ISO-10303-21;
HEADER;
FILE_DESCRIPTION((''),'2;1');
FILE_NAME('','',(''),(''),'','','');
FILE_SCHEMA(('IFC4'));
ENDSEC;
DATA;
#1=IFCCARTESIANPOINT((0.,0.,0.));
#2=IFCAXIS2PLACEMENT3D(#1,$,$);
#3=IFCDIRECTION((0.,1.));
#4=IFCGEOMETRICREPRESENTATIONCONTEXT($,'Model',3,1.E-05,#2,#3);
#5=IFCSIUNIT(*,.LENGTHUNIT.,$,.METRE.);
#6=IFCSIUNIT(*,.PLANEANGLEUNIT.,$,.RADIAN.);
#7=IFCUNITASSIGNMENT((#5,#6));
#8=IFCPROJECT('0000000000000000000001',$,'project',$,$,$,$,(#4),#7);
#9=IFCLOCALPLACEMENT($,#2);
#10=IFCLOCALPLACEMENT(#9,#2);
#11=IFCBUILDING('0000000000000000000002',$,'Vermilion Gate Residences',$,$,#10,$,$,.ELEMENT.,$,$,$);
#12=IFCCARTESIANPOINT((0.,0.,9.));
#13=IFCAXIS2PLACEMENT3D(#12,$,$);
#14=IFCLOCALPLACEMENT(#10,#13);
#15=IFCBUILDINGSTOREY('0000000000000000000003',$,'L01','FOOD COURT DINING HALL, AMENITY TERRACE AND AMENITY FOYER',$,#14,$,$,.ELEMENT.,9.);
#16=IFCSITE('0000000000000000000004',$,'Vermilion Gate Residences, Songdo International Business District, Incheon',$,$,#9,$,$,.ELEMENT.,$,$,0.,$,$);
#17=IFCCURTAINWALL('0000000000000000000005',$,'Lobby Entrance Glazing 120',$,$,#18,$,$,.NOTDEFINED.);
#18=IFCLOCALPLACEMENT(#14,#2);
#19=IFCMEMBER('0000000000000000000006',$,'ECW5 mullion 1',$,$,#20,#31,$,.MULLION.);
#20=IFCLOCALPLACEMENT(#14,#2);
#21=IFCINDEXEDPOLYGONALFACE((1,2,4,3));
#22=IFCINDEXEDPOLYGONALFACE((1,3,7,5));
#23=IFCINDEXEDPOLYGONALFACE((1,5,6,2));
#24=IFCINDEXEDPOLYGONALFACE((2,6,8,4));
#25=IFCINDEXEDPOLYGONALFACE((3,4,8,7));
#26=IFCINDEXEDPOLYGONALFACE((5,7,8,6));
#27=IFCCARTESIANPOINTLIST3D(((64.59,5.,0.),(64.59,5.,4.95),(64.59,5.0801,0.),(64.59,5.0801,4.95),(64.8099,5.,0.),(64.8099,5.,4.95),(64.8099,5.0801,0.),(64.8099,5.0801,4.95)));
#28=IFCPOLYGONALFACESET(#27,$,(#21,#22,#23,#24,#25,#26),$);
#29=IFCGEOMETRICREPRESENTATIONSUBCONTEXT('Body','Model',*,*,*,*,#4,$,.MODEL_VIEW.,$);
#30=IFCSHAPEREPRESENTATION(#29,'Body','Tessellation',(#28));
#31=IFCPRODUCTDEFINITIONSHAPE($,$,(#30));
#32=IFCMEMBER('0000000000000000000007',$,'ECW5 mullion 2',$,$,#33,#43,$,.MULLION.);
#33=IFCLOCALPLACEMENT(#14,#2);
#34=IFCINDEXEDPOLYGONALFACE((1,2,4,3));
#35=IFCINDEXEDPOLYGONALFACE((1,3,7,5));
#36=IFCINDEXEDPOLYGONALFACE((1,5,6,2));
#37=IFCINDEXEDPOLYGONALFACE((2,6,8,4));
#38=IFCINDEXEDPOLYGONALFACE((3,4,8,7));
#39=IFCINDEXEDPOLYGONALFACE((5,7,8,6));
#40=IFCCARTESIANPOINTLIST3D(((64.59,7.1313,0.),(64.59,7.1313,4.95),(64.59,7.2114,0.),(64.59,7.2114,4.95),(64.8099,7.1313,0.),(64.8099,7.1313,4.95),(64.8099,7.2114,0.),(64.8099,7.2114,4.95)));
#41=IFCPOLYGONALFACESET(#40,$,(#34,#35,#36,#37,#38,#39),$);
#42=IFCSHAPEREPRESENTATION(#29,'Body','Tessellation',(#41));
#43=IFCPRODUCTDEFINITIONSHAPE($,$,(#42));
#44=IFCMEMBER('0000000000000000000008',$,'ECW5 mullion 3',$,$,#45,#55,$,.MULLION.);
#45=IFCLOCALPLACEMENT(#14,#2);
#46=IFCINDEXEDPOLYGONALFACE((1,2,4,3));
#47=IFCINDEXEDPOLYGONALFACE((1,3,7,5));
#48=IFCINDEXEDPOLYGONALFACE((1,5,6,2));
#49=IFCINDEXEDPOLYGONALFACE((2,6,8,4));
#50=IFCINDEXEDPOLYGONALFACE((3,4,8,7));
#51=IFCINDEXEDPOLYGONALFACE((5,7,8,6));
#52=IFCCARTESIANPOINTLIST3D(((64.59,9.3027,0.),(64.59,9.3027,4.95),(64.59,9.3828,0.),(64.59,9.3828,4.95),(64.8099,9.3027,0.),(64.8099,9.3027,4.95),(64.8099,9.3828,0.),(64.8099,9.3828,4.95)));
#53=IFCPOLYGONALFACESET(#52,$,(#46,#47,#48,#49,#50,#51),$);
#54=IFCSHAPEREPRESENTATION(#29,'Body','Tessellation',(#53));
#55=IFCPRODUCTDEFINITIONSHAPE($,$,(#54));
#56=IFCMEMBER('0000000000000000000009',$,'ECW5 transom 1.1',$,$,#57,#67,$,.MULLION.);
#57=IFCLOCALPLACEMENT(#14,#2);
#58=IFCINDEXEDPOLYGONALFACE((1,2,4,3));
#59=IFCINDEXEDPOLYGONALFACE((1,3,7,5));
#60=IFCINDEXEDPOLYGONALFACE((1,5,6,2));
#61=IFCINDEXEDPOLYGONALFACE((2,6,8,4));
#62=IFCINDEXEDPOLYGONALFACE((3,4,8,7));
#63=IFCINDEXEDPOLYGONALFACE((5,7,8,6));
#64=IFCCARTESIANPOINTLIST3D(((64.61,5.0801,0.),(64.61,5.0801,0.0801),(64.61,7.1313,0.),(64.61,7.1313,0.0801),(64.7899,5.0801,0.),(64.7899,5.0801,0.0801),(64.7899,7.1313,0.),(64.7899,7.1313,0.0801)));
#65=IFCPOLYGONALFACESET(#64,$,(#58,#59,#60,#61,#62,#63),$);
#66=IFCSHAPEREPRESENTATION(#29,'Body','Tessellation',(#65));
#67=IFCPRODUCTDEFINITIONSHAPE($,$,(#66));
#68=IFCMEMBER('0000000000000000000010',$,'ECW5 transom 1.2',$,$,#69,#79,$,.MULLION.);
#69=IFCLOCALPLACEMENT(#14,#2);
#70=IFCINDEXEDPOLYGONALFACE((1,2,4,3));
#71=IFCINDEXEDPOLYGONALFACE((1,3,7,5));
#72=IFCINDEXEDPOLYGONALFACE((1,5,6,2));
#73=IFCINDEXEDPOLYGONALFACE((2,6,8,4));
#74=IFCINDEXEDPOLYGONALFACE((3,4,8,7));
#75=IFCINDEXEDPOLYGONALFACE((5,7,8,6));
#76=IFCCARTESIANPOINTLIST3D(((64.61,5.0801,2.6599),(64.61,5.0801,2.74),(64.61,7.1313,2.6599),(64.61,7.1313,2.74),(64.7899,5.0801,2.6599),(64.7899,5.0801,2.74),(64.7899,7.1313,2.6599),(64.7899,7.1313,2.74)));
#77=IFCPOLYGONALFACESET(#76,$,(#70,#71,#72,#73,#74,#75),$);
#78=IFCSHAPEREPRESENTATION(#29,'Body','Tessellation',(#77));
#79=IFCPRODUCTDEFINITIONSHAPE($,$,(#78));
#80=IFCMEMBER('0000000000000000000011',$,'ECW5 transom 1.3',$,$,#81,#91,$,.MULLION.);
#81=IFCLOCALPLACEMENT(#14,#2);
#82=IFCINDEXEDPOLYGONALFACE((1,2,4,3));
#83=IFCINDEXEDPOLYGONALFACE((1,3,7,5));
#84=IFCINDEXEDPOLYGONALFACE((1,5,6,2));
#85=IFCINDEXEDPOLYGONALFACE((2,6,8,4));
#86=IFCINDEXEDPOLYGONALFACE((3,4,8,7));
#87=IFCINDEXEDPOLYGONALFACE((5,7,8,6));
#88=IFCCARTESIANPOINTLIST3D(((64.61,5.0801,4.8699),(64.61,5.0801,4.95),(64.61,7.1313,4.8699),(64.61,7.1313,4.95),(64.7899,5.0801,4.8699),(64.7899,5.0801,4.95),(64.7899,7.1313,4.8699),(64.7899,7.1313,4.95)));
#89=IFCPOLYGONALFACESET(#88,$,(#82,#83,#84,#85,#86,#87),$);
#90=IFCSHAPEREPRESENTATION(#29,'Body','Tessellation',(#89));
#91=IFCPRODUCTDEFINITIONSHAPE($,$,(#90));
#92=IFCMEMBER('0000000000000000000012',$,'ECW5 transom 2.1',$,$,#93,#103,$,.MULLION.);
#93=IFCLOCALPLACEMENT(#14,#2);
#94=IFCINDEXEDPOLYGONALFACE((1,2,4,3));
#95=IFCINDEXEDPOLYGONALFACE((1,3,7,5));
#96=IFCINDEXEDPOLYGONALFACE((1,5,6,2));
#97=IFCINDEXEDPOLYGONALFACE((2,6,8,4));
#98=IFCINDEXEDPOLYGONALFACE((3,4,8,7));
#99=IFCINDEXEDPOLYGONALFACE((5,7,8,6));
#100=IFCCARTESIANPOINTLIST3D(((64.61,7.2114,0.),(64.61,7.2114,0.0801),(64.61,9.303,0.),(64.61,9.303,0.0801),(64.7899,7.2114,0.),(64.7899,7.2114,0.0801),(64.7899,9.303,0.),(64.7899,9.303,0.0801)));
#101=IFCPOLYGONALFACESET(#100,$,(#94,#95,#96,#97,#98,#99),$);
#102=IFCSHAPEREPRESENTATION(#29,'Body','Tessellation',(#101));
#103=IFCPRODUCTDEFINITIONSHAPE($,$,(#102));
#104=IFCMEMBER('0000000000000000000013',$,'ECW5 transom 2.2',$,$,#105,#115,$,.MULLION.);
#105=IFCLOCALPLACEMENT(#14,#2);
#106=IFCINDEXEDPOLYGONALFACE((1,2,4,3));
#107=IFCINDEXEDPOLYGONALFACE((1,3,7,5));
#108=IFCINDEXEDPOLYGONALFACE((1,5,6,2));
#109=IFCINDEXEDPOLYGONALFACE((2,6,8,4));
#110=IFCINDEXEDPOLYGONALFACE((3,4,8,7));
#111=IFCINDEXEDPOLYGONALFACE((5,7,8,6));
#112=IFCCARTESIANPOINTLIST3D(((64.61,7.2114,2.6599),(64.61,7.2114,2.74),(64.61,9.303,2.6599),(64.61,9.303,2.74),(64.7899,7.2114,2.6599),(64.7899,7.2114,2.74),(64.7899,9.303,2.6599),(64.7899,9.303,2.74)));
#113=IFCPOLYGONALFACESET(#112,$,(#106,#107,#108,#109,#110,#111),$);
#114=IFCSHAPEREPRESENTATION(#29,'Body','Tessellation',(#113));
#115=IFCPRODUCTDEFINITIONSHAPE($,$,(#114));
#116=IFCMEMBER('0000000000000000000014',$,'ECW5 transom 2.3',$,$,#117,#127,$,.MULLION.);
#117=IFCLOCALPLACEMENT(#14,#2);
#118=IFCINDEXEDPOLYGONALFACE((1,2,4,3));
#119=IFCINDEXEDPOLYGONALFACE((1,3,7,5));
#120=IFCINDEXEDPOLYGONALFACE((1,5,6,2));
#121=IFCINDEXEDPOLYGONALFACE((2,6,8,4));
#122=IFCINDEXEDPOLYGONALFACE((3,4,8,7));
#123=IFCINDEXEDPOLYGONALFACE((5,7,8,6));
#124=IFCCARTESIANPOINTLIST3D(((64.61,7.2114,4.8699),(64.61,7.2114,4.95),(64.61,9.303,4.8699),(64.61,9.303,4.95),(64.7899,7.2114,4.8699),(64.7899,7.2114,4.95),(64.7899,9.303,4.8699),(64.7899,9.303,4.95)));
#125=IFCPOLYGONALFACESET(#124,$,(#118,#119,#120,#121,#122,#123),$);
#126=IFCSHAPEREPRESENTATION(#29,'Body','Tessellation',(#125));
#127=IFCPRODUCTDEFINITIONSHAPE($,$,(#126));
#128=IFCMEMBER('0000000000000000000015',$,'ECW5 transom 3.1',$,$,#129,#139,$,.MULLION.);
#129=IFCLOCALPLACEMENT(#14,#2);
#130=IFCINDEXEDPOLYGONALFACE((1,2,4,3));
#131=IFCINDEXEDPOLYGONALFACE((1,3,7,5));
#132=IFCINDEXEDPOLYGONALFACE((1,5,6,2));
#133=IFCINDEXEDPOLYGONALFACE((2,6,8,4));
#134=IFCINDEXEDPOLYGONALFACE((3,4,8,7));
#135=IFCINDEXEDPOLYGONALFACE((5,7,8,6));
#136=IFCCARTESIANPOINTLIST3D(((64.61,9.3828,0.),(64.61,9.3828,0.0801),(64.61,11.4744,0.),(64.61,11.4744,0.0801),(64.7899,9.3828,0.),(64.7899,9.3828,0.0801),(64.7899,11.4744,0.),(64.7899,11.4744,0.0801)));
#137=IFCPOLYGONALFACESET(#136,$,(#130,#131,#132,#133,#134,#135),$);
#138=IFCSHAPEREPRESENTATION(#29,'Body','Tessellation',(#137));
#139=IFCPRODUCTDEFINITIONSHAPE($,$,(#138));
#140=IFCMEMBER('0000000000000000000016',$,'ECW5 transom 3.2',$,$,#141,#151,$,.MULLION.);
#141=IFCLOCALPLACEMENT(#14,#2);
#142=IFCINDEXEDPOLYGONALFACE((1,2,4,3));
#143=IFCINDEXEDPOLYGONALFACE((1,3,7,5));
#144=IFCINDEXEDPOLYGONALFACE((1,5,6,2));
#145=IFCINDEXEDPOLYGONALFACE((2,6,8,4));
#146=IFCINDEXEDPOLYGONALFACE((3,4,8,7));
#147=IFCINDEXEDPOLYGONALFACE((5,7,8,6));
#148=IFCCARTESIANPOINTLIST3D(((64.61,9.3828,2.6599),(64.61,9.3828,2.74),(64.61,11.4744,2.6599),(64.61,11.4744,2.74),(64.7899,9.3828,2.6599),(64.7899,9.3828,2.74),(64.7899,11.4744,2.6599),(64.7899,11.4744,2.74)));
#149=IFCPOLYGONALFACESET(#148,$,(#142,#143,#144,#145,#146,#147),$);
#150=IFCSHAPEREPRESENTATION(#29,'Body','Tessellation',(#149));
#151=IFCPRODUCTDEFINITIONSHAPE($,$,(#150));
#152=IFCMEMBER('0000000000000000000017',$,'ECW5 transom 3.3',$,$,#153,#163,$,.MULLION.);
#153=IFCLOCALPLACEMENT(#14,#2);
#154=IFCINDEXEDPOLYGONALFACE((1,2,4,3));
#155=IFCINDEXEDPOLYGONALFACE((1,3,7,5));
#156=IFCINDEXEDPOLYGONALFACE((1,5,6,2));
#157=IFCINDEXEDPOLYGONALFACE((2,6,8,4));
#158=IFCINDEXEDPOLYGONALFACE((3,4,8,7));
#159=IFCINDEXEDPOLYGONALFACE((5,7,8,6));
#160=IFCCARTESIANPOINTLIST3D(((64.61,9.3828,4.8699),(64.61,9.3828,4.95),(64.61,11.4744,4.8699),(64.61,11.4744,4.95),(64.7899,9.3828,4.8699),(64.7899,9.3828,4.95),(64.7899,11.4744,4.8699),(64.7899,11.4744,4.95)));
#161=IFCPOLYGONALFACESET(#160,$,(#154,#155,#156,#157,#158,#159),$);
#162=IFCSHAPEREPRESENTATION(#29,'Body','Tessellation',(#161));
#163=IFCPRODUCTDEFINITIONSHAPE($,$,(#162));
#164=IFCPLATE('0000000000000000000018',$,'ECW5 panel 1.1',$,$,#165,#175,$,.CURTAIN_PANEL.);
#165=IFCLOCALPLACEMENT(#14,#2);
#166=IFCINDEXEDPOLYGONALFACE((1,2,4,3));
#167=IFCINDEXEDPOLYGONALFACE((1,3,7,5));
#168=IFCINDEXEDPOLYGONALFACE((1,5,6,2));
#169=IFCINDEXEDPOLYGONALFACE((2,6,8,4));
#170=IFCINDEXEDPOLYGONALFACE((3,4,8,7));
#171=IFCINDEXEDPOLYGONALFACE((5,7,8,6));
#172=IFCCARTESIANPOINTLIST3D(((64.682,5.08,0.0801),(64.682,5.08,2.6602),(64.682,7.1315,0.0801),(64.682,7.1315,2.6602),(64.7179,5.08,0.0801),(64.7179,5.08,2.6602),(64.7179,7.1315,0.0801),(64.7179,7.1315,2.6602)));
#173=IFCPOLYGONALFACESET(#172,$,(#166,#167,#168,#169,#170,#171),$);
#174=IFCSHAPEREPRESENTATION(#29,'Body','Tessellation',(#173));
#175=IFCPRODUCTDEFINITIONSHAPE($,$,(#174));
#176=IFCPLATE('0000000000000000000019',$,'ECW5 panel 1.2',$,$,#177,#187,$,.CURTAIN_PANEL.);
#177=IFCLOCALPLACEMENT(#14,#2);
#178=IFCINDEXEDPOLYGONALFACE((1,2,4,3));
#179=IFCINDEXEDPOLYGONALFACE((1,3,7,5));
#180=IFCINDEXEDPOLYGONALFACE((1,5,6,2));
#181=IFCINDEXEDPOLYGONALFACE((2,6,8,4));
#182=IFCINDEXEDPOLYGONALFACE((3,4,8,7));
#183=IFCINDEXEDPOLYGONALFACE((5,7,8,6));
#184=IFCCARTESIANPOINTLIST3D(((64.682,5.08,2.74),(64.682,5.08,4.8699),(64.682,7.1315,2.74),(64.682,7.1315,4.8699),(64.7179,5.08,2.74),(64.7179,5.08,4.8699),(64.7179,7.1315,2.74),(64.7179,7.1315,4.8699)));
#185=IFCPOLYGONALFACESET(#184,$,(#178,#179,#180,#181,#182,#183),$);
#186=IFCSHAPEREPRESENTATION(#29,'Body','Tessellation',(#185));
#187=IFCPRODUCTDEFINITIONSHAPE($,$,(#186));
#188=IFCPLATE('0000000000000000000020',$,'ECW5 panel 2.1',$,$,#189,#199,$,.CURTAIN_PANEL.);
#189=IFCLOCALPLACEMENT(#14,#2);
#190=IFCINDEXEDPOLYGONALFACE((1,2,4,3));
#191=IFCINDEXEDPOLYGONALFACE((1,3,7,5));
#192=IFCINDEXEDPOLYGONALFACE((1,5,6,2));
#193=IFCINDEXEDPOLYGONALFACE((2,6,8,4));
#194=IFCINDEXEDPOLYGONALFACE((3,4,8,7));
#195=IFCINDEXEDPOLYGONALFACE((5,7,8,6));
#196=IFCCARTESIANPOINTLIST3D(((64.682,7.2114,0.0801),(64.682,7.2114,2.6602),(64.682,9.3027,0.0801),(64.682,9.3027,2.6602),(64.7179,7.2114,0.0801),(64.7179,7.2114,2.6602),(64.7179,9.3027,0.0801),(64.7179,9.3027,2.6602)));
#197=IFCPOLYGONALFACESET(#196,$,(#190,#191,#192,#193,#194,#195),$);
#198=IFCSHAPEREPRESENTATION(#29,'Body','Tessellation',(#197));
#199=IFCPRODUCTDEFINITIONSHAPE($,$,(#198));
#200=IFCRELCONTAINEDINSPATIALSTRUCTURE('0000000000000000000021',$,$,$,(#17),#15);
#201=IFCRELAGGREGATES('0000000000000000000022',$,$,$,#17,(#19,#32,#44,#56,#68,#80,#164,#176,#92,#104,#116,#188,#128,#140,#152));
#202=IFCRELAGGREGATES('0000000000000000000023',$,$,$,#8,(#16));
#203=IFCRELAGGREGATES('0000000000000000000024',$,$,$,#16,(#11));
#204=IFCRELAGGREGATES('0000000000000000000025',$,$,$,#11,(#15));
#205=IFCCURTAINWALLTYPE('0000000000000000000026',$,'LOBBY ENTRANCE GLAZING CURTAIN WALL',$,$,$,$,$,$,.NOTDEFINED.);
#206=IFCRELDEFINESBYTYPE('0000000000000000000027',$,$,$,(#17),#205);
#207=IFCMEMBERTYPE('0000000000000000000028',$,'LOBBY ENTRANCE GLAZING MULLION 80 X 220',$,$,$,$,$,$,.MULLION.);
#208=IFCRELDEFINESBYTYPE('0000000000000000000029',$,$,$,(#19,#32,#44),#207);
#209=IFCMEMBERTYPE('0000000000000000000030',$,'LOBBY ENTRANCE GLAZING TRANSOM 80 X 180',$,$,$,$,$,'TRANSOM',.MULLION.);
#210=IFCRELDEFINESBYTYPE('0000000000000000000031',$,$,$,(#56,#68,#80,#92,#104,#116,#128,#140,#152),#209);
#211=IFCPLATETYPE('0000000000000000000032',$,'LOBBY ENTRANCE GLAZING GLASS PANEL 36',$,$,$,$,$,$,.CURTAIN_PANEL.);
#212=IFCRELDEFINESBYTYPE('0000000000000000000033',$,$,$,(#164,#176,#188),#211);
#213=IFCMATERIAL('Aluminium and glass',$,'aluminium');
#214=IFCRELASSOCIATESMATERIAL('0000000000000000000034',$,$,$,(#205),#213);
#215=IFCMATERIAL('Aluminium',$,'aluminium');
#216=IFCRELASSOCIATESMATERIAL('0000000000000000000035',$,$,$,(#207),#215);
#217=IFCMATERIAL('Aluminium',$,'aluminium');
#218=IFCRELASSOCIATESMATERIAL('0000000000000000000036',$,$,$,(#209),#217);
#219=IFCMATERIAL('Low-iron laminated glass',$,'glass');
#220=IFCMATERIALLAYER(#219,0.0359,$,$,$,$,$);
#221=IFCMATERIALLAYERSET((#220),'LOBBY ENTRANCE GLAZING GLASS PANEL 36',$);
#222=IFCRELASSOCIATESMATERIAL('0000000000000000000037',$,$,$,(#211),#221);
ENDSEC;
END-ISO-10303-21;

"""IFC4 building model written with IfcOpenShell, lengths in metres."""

from ifc_helpers import new_model, si_unit, direction, frame, origin, origin_2d, place, context, subcontext, project, spatial, rectangle, extrude, material, layer, layer_set, material_profile, profile_set, type_object, element, aggregate, save


model = new_model("IFC4")

# Units and contexts
model_context = context("Model", 3, precision=1e-05, world=origin(), true_north=direction((0.0, 1.0)))
body_context = subcontext(model_context, "Body", "Model", "MODEL_VIEW")
ifc_project = project(units=[si_unit("LENGTHUNIT", "METRE"), si_unit("PLANEANGLEUNIT", "RADIAN")], contexts=[model_context])

# Site, building, storey
site_placement = place(None, origin())
site = spatial("IfcSite", under=ifc_project, at=site_placement, Name="Vermilion Gate Residences, Songdo International Business District, Incheon", CompositionType="ELEMENT", RefElevation=0.0)
building_placement = place(site_placement, origin())
building = spatial("IfcBuilding", under=site, at=building_placement, Name="Vermilion Gate Residences", CompositionType="ELEMENT")
storey_placement = place(building_placement, frame((0.0, 0.0, 9.0)))
storey = spatial("IfcBuildingStorey", under=building, at=storey_placement, Name="L01", Description="FOOD COURT DINING HALL, AMENITY TERRACE AND AMENITY FOYER", CompositionType="ELEMENT", Elevation=9.0)

# Curtain wall, members, plates
ifc_material_1 = material(Name="Aluminium and glass", Category="aluminium")
curtain_wall_type = type_object("IfcCurtainWallType", Name="LOBBY ENTRANCE GLAZING CURTAIN WALL", PredefinedType="NOTDEFINED", material=ifc_material_1)
curtain_wall_placement = place(storey_placement, origin())
curtain_wall = element("IfcCurtainWall", 1, at=curtain_wall_placement, inside=storey, type_object=curtain_wall_type, Name="Lobby Entrance Glazing 120", PredefinedType="NOTDEFINED")
ifc_material_2 = material(Name="Aluminium", Category="aluminium")
ifc_material_profile_1 = material_profile(ifc_material_2, rectangle(XDim=0.22, YDim=0.0801, at=origin_2d()), Name="MULLION 80 X 220")
ifc_profile_set_1 = profile_set([ifc_material_profile_1], Name="Aluminium")
member_type_1 = type_object("IfcMemberType", Name="LOBBY ENTRANCE GLAZING MULLION 80 X 220", PredefinedType="MULLION", material=ifc_profile_set_1)
member_1_placement = place(storey_placement, frame((64.7, 5.04, 0.0), z_axis=(0.0, 0.0, 1.0), x_axis=(-1.0, 0.0, 0.0)))
member_1 = element("IfcMember", 2, at=member_1_placement, type_object=member_type_1, Name="ECW5 mullion 1", PredefinedType="MULLION", context=body_context, shape_type="SweptSolid", body=[
    extrude(rectangle(XDim=0.22, YDim=0.0801, at=origin_2d()), origin(), (0.0, 0.0, 1.0), 4.95),
])
member_2_placement = place(storey_placement, frame((64.7, 7.1714, 0.0), z_axis=(0.0, 0.0, 1.0), x_axis=(-1.0, 0.0, 0.0)))
member_2 = element("IfcMember", 3, at=member_2_placement, type_object=member_type_1, Name="ECW5 mullion 2", PredefinedType="MULLION", context=body_context, shape_type="SweptSolid", body=[
    extrude(rectangle(XDim=0.22, YDim=0.0801, at=origin_2d()), origin(), (0.0, 0.0, 1.0), 4.95),
])
member_3_placement = place(storey_placement, frame((64.7, 9.3428, 0.0), z_axis=(0.0, 0.0, 1.0), x_axis=(-1.0, 0.0, 0.0)))
member_3 = element("IfcMember", 4, at=member_3_placement, type_object=member_type_1, Name="ECW5 mullion 3", PredefinedType="MULLION", context=body_context, shape_type="SweptSolid", body=[
    extrude(rectangle(XDim=0.22, YDim=0.0801, at=origin_2d()), origin(), (0.0, 0.0, 1.0), 4.95),
])
ifc_material_3 = material(Name="Aluminium", Category="aluminium")
ifc_material_profile_2 = material_profile(ifc_material_3, rectangle(XDim=0.1799, YDim=0.0801, at=origin_2d()), Name="TRANSOM 80 X 180")
ifc_profile_set_2 = profile_set([ifc_material_profile_2], Name="Aluminium")
member_type_2 = type_object("IfcMemberType", Name="LOBBY ENTRANCE GLAZING TRANSOM 80 X 180", ElementType="TRANSOM", PredefinedType="MULLION", material=ifc_profile_set_2)
member_4_placement = place(storey_placement, frame((64.7, 5.0801, 0.04), z_axis=(0.0, 1.0, 0.0), x_axis=(-1.0, 0.0, 0.0)))
member_4 = element("IfcMember", 5, at=member_4_placement, type_object=member_type_2, Name="ECW5 transom 1.1", PredefinedType="MULLION", context=body_context, shape_type="SweptSolid", body=[
    extrude(rectangle(XDim=0.1799, YDim=0.0801, at=origin_2d()), origin(), (0.0, 0.0, 1.0), 2.0513),
])
member_5_placement = place(storey_placement, frame((64.7, 5.0801, 2.7), z_axis=(0.0, 1.0, 0.0), x_axis=(-1.0, 0.0, 0.0)))
member_5 = element("IfcMember", 6, at=member_5_placement, type_object=member_type_2, Name="ECW5 transom 1.2", PredefinedType="MULLION", context=body_context, shape_type="SweptSolid", body=[
    extrude(rectangle(XDim=0.1799, YDim=0.0801, at=origin_2d()), origin(), (0.0, 0.0, 1.0), 2.0513),
])
member_6_placement = place(storey_placement, frame((64.7, 5.0801, 4.9099), z_axis=(0.0, 1.0, 0.0), x_axis=(-1.0, 0.0, 0.0)))
member_6 = element("IfcMember", 7, at=member_6_placement, type_object=member_type_2, Name="ECW5 transom 1.3", PredefinedType="MULLION", context=body_context, shape_type="SweptSolid", body=[
    extrude(rectangle(XDim=0.1799, YDim=0.0801, at=origin_2d()), origin(), (0.0, 0.0, 1.0), 2.0513),
])
member_7_placement = place(storey_placement, frame((64.7, 7.2114, 0.04), z_axis=(0.0, 1.0, 0.0), x_axis=(-1.0, 0.0, 0.0)))
member_7 = element("IfcMember", 8, at=member_7_placement, type_object=member_type_2, Name="ECW5 transom 2.1", PredefinedType="MULLION", context=body_context, shape_type="SweptSolid", body=[
    extrude(rectangle(XDim=0.1799, YDim=0.0801, at=origin_2d()), origin(), (0.0, 0.0, 1.0), 2.0916),
])
member_8_placement = place(storey_placement, frame((64.7, 7.2114, 2.7), z_axis=(0.0, 1.0, 0.0), x_axis=(-1.0, 0.0, 0.0)))
member_8 = element("IfcMember", 9, at=member_8_placement, type_object=member_type_2, Name="ECW5 transom 2.2", PredefinedType="MULLION", context=body_context, shape_type="SweptSolid", body=[
    extrude(rectangle(XDim=0.1799, YDim=0.0801, at=origin_2d()), origin(), (0.0, 0.0, 1.0), 2.0916),
])
member_9_placement = place(storey_placement, frame((64.7, 7.2114, 4.9099), z_axis=(0.0, 1.0, 0.0), x_axis=(-1.0, 0.0, 0.0)))
member_9 = element("IfcMember", 10, at=member_9_placement, type_object=member_type_2, Name="ECW5 transom 2.3", PredefinedType="MULLION", context=body_context, shape_type="SweptSolid", body=[
    extrude(rectangle(XDim=0.1799, YDim=0.0801, at=origin_2d()), origin(), (0.0, 0.0, 1.0), 2.0916),
])
member_10_placement = place(storey_placement, frame((64.7, 9.3828, 0.04), z_axis=(0.0, 1.0, 0.0), x_axis=(-1.0, 0.0, 0.0)))
member_10 = element("IfcMember", 11, at=member_10_placement, type_object=member_type_2, Name="ECW5 transom 3.1", PredefinedType="MULLION", context=body_context, shape_type="SweptSolid", body=[
    extrude(rectangle(XDim=0.1799, YDim=0.0801, at=origin_2d()), origin(), (0.0, 0.0, 1.0), 2.0916),
])
member_11_placement = place(storey_placement, frame((64.7, 9.3828, 2.7), z_axis=(0.0, 1.0, 0.0), x_axis=(-1.0, 0.0, 0.0)))
member_11 = element("IfcMember", 12, at=member_11_placement, type_object=member_type_2, Name="ECW5 transom 3.2", PredefinedType="MULLION", context=body_context, shape_type="SweptSolid", body=[
    extrude(rectangle(XDim=0.1799, YDim=0.0801, at=origin_2d()), origin(), (0.0, 0.0, 1.0), 2.0916),
])
member_12_placement = place(storey_placement, frame((64.7, 9.3828, 4.9099), z_axis=(0.0, 1.0, 0.0), x_axis=(-1.0, 0.0, 0.0)))
member_12 = element("IfcMember", 13, at=member_12_placement, type_object=member_type_2, Name="ECW5 transom 3.3", PredefinedType="MULLION", context=body_context, shape_type="SweptSolid", body=[
    extrude(rectangle(XDim=0.1799, YDim=0.0801, at=origin_2d()), origin(), (0.0, 0.0, 1.0), 2.0916),
])
ifc_material_4 = material(Name="Low-iron laminated glass", Category="glass")
ifc_layer_1 = layer(ifc_material_4, 0.0359)
ifc_layer_set_1 = layer_set([ifc_layer_1], Name="LOBBY ENTRANCE GLAZING GLASS PANEL 36")
plate_type = type_object("IfcPlateType", Name="LOBBY ENTRANCE GLAZING GLASS PANEL 36", PredefinedType="CURTAIN_PANEL", material=ifc_layer_set_1)
plate_1_placement = place(storey_placement, frame((64.7, 6.1057, 0.0801), z_axis=(0.0, 0.0, 1.0), x_axis=(0.0, 1.0, 0.0)))
plate_1 = element("IfcPlate", 14, at=plate_1_placement, type_object=plate_type, Name="ECW5 panel 1.1", PredefinedType="CURTAIN_PANEL", context=body_context, shape_type="SweptSolid", body=[
    extrude(rectangle(XDim=2.0515, YDim=0.0359, at=origin_2d()), origin(), (0.0, 0.0, 1.0), 2.5801),
])
plate_2_placement = place(storey_placement, frame((64.7, 6.1057, 2.74), z_axis=(0.0, 0.0, 1.0), x_axis=(0.0, 1.0, 0.0)))
plate_2 = element("IfcPlate", 15, at=plate_2_placement, type_object=plate_type, Name="ECW5 panel 1.2", PredefinedType="CURTAIN_PANEL", context=body_context, shape_type="SweptSolid", body=[
    extrude(rectangle(XDim=2.0515, YDim=0.0359, at=origin_2d()), origin(), (0.0, 0.0, 1.0), 2.1299),
])
plate_3_placement = place(storey_placement, frame((64.7, 8.2571, 0.0801), z_axis=(0.0, 0.0, 1.0), x_axis=(0.0, 1.0, 0.0)))
plate_3 = element("IfcPlate", 16, at=plate_3_placement, type_object=plate_type, Name="ECW5 panel 2.1", PredefinedType="CURTAIN_PANEL", context=body_context, shape_type="SweptSolid", body=[
    extrude(rectangle(XDim=2.0913, YDim=0.0359, at=origin_2d()), origin(), (0.0, 0.0, 1.0), 2.5801),
])
aggregate(curtain_wall, [member_1, member_2, member_3, member_4, member_5, member_6, plate_1, plate_2, member_7, member_8, member_9, plate_3, member_10, member_11, member_12])

save(model, "model.ifc")
